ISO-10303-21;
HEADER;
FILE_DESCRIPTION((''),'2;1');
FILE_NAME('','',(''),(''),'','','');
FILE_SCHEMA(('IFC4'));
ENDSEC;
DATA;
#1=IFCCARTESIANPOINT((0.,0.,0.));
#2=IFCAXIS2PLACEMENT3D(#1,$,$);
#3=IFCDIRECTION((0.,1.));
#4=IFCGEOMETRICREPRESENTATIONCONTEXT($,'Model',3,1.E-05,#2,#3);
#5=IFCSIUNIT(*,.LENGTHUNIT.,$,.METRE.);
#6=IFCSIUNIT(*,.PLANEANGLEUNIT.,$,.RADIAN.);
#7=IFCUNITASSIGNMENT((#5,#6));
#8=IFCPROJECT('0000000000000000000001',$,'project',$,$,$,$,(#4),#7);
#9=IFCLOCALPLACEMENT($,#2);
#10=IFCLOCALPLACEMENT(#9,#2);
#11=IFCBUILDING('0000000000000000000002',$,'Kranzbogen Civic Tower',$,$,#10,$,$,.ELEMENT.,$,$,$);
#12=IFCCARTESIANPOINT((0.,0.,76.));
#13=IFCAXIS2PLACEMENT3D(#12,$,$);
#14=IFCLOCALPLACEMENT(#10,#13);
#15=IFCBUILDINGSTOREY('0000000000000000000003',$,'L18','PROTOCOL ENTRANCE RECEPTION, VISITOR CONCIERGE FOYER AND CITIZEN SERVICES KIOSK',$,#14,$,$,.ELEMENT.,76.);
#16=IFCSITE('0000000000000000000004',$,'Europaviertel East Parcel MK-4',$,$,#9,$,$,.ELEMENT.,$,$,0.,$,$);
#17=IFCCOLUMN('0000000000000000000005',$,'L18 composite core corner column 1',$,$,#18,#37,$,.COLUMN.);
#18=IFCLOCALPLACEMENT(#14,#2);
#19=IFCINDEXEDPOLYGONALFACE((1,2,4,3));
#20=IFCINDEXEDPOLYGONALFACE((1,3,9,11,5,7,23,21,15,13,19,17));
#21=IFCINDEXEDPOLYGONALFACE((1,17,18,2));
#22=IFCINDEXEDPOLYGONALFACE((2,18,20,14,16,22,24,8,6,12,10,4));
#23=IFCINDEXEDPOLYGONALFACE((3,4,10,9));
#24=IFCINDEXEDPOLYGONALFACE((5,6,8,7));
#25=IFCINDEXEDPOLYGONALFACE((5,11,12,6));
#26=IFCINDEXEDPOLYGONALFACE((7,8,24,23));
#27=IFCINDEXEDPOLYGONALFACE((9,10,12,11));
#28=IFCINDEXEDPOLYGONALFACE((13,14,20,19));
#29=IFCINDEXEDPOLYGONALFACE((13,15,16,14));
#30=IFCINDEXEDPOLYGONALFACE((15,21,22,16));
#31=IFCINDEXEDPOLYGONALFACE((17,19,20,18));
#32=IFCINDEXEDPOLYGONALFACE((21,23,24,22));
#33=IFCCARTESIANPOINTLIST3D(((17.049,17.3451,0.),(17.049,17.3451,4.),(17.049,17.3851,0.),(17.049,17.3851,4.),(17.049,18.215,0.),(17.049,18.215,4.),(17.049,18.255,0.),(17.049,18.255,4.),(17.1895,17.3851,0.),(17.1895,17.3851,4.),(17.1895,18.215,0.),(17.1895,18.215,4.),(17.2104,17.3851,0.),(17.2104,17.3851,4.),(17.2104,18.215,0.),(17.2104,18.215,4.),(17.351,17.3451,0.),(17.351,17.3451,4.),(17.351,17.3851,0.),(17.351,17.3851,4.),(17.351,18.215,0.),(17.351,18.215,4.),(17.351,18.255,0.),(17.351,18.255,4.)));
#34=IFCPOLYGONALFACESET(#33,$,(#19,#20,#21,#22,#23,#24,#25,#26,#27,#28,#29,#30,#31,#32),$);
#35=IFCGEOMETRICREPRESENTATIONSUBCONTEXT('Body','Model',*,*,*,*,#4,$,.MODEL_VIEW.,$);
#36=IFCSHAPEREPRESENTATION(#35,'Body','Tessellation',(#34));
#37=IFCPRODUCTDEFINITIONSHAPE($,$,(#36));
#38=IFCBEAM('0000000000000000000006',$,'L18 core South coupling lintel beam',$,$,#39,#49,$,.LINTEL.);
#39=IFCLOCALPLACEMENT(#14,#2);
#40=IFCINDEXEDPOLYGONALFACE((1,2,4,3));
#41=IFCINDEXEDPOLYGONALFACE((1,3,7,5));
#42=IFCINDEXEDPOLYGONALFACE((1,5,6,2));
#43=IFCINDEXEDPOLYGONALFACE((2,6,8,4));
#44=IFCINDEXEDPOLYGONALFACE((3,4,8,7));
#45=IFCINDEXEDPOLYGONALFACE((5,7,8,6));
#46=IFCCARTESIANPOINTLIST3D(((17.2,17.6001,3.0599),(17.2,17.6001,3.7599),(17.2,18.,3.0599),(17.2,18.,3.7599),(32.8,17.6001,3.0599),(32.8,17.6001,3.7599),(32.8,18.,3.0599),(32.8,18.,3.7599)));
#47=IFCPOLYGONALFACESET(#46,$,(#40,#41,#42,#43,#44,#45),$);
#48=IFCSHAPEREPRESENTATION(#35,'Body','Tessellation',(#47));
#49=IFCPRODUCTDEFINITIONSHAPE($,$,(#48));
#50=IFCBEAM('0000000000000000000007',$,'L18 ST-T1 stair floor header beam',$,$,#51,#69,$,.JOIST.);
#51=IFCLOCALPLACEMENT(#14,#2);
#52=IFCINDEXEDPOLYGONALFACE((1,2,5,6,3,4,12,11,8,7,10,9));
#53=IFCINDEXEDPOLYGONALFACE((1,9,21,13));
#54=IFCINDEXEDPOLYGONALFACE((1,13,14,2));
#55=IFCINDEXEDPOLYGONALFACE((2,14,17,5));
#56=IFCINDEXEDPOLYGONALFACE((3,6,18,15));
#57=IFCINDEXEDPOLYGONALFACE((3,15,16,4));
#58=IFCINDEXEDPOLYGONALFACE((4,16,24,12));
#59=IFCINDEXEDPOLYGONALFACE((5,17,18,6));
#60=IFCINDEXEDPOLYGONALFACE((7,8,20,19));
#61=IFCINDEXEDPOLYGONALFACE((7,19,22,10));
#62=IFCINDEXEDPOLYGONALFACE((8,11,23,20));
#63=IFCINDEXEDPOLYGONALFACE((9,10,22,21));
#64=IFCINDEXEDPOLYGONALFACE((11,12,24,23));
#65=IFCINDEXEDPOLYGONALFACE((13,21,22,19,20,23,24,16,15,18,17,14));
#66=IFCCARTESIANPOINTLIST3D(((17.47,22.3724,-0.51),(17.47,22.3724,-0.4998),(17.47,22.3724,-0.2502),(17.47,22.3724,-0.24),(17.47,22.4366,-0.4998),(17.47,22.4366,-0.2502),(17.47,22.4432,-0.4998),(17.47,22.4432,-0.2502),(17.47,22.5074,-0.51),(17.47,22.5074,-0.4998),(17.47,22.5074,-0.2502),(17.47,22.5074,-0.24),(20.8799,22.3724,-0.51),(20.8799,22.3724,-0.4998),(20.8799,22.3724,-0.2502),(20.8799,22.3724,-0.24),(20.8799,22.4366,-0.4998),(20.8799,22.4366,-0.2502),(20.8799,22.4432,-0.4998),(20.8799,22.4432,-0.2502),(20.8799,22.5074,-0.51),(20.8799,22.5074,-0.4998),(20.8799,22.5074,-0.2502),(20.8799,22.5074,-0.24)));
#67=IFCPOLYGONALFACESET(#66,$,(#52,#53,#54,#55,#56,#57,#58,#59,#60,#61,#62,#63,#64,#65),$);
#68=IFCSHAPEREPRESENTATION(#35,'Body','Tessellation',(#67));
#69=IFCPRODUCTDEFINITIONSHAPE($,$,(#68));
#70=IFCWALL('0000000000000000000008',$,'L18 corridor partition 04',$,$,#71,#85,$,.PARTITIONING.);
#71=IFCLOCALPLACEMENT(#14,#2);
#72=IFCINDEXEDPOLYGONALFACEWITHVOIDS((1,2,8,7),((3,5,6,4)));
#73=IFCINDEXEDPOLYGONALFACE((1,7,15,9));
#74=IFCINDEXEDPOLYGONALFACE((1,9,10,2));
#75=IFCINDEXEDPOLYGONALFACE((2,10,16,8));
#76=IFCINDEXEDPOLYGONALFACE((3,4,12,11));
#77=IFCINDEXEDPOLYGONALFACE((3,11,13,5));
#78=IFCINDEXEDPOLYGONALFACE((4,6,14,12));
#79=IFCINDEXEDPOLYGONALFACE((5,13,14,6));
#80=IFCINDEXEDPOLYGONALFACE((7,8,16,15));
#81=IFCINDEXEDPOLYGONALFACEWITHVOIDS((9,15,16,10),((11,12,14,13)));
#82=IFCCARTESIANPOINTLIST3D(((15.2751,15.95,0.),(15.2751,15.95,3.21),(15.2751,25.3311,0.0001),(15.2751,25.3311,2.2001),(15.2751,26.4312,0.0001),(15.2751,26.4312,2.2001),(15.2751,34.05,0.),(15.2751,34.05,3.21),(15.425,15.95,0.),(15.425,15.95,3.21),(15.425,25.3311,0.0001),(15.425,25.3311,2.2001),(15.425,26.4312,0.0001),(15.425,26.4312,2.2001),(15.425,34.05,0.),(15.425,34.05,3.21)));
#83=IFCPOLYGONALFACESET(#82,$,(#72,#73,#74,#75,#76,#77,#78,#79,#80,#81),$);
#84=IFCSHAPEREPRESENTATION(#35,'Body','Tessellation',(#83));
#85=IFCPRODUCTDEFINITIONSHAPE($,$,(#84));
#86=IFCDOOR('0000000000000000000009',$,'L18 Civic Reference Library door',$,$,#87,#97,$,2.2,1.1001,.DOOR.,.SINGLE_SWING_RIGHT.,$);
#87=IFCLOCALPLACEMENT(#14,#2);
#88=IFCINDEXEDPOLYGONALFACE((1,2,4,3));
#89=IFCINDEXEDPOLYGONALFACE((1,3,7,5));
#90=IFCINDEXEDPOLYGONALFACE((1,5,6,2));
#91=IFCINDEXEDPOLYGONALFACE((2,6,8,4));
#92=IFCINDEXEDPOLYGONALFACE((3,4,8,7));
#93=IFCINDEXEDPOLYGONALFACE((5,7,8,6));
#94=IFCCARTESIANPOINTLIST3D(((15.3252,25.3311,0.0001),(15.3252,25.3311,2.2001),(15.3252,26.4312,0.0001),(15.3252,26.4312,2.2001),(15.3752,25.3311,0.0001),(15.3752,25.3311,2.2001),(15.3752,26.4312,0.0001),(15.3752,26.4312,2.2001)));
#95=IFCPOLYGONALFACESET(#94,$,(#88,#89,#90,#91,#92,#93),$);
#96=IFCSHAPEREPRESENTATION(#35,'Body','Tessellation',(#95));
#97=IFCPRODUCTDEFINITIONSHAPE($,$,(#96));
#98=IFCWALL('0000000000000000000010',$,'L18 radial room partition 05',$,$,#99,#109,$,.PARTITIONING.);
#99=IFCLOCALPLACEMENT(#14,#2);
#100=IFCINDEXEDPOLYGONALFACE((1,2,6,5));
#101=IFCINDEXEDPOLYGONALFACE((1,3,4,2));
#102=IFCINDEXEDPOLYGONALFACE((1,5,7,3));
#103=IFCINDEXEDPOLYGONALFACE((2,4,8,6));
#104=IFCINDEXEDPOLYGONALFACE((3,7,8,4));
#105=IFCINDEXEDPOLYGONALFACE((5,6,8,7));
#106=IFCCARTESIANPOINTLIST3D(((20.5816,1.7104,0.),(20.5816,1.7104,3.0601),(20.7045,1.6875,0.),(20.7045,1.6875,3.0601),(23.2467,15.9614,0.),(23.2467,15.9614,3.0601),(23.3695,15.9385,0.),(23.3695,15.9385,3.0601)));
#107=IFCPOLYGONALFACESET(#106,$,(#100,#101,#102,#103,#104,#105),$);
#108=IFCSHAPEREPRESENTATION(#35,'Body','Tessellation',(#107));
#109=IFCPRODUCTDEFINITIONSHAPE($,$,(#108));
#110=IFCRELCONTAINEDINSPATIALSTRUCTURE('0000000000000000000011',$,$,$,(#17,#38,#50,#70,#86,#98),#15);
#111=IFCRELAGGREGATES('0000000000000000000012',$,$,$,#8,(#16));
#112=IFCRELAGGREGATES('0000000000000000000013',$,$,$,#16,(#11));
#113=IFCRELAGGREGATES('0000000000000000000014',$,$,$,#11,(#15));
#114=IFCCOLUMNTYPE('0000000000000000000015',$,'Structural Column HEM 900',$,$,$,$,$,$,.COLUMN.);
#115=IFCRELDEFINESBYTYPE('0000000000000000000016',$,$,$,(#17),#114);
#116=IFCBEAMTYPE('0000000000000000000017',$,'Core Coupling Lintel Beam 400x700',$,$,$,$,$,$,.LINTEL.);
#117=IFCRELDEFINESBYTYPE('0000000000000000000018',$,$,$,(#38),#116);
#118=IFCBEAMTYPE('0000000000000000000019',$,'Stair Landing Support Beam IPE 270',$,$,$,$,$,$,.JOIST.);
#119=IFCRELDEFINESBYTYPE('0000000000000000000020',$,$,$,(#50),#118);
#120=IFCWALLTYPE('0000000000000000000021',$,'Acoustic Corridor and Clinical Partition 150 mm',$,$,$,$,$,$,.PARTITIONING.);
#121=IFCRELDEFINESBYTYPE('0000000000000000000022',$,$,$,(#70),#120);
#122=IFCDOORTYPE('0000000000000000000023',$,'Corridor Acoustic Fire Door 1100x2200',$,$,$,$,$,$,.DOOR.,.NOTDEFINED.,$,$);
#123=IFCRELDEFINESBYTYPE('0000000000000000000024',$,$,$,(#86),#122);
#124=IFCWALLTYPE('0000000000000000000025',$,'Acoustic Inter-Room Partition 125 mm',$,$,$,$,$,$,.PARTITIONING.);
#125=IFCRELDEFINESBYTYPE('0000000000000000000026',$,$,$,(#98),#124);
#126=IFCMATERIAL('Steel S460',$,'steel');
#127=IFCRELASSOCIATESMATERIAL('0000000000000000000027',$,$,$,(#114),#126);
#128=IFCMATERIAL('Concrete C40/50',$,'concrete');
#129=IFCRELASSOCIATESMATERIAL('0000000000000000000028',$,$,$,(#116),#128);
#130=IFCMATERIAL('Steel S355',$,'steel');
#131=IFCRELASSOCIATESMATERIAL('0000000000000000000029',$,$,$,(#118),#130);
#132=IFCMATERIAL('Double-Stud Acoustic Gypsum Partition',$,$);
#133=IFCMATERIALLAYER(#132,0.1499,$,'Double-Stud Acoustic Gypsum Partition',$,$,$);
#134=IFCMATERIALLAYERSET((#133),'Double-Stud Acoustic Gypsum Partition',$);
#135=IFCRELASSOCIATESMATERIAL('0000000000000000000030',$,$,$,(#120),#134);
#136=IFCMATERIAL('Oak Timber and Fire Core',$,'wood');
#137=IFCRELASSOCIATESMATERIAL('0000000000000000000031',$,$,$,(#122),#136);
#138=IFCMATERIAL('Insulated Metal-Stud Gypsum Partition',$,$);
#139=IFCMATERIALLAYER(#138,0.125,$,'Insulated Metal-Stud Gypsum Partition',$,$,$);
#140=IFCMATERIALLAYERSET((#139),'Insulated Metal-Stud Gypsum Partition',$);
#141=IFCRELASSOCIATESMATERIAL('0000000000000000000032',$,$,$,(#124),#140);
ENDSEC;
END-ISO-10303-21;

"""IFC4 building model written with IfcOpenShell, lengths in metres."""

from ifc_helpers import new_model, si_unit, direction, frame, frame_2d, origin, origin_2d, place, context, subcontext, project, spatial, rectangle, i_section, extrude, material, layer, layer_set, material_profile, profile_set, type_object, element, fill, save


model = new_model("IFC4")

# Units and contexts
model_context = context("Model", 3, precision=1e-05, world=origin(), true_north=direction((0.0, 1.0)))
body_context = subcontext(model_context, "Body", "Model", "MODEL_VIEW")
ifc_project = project(units=[si_unit("LENGTHUNIT", "METRE"), si_unit("PLANEANGLEUNIT", "RADIAN")], contexts=[model_context])

# Site, building, storey
site_placement = place(None, origin())
site = spatial("IfcSite", under=ifc_project, at=site_placement, Name="Europaviertel East Parcel MK-4", CompositionType="ELEMENT", RefElevation=0.0)
building_placement = place(site_placement, origin())
building = spatial("IfcBuilding", under=site, at=building_placement, Name="Kranzbogen Civic Tower", CompositionType="ELEMENT")
storey_placement = place(building_placement, frame((0.0, 0.0, 76.0)))
storey = spatial("IfcBuildingStorey", under=building, at=storey_placement, Name="L18", Description="PROTOCOL ENTRANCE RECEPTION, VISITOR CONCIERGE FOYER AND CITIZEN SERVICES KIOSK", CompositionType="ELEMENT", Elevation=76.0)

# Column
ifc_material_1 = material(Name="Steel S460", Category="steel")
ifc_material_profile_1 = material_profile(ifc_material_1, i_section(OverallWidth=0.302, OverallDepth=0.9099, WebThickness=0.021, FlangeThickness=0.04, at=origin_2d()), Name="HEM 900")
ifc_profile_set_1 = profile_set([ifc_material_profile_1], Name="Steel S460")
column_type = type_object("IfcColumnType", Name="Structural Column HEM 900", PredefinedType="COLUMN", material=ifc_profile_set_1)
column_placement = place(storey_placement, frame((17.2, 17.8, 0.0), z_axis=(0.0, 0.0, 1.0), x_axis=(1.0, 0.0, 0.0)))
element("IfcColumn", 1, at=column_placement, inside=storey, type_object=column_type, Name="L18 composite core corner column 1", PredefinedType="COLUMN", context=body_context, shape_type="SweptSolid", body=[
    extrude(i_section(OverallWidth=0.302, OverallDepth=0.9099, WebThickness=0.021, FlangeThickness=0.04, at=origin_2d()), origin(), (0.0, 0.0, 1.0), 4.0),
])

# Beams
ifc_material_2 = material(Name="Concrete C40/50", Category="concrete")
ifc_material_profile_2 = material_profile(ifc_material_2, rectangle(XDim=0.3999, YDim=0.7, at=origin_2d()), Name="RC-BM 400x700")
ifc_profile_set_2 = profile_set([ifc_material_profile_2], Name="Concrete C40/50")
beam_type_1 = type_object("IfcBeamType", Name="Core Coupling Lintel Beam 400x700", PredefinedType="LINTEL", material=ifc_profile_set_2)
beam_1_placement = place(storey_placement, frame((17.2, 17.8, 3.4099), z_axis=(1.0, 0.0, 0.0), x_axis=(0.0, 1.0, 0.0)))
element("IfcBeam", 2, at=beam_1_placement, inside=storey, type_object=beam_type_1, Name="L18 core South coupling lintel beam", PredefinedType="LINTEL", context=body_context, shape_type="SweptSolid", body=[
    extrude(rectangle(XDim=0.3999, YDim=0.7, at=origin_2d()), origin(), (0.0, 0.0, 1.0), 15.6001),
])
ifc_material_3 = material(Name="Steel S355", Category="steel")
ifc_material_profile_3 = material_profile(ifc_material_3, i_section(OverallWidth=0.135, OverallDepth=0.27, WebThickness=0.0066, FlangeThickness=0.0103, at=origin_2d()), Name="IPE 270")
ifc_profile_set_3 = profile_set([ifc_material_profile_3], Name="Steel S355")
beam_type_2 = type_object("IfcBeamType", Name="Stair Landing Support Beam IPE 270", PredefinedType="JOIST", material=ifc_profile_set_3)
beam_2_placement = place(storey_placement, frame((20.8799, 22.4399, -0.375), z_axis=(-1.0, 0.0, 0.0), x_axis=(0.0, -1.0, 0.0)))
element("IfcBeam", 3, at=beam_2_placement, inside=storey, type_object=beam_type_2, Name="L18 ST-T1 stair floor header beam", PredefinedType="JOIST", context=body_context, shape_type="SweptSolid", body=[
    extrude(i_section(OverallWidth=0.135, OverallDepth=0.27, WebThickness=0.0066, FlangeThickness=0.0103, at=origin_2d()), origin(), (0.0, 0.0, 1.0), 3.4099),
])

# Wall, opening, door
ifc_material_4 = material(Name="Double-Stud Acoustic Gypsum Partition")
ifc_layer_1 = layer(ifc_material_4, 0.1499, Name="Double-Stud Acoustic Gypsum Partition")
ifc_layer_set_1 = layer_set([ifc_layer_1], Name="Double-Stud Acoustic Gypsum Partition")
wall_type_1 = type_object("IfcWallType", Name="Acoustic Corridor and Clinical Partition 150 mm", PredefinedType="PARTITIONING", material=ifc_layer_set_1)
wall_1_placement = place(storey_placement, frame((15.3501, 15.95, 0.0), z_axis=(0.0, 0.0, 1.0), x_axis=(0.0, 1.0, 0.0)))
wall_1 = element("IfcWall", 4, at=wall_1_placement, inside=storey, type_object=wall_type_1, Name="L18 corridor partition 04", PredefinedType="PARTITIONING", context=body_context, shape_type="SweptSolid", body=[
    extrude(rectangle(XDim=18.1001, YDim=0.1499, at=frame_2d((9.05, 0.0))), origin(), (0.0, 0.0, 1.0), 3.21),
])
opening_1_placement = place(wall_1_placement, frame((9.3811, 0.0, 0.0)))
opening_1 = element("IfcOpeningElement", 5, at=opening_1_placement, cuts=wall_1, PredefinedType="OPENING", context=body_context, shape_type="SweptSolid", body=[
    extrude(rectangle(XDim=1.1001, YDim=2.2, at=frame_2d((0.55, 1.1001))), frame((0.0, 0.085, 0.0), z_axis=(0.0, -1.0, 0.0), x_axis=(1.0, 0.0, 0.0)), (0.0, 0.0, 1.0), 0.1699),
])
ifc_material_5 = material(Name="Oak Timber and Fire Core", Category="wood")
door_type_1 = type_object("IfcDoorType", Name="Corridor Acoustic Fire Door 1100x2200", OperationType="NOTDEFINED", PredefinedType="DOOR", material=ifc_material_5)
door_1_placement = place(opening_1_placement, origin())
door_1 = element("IfcDoor", 6, at=door_1_placement, inside=storey, type_object=door_type_1, Name="L18 Civic Reference Library door", OperationType="SINGLE_SWING_RIGHT", OverallHeight=2.2, OverallWidth=1.1001, PredefinedType="DOOR", context=body_context, shape_type="SweptSolid", body=[
    extrude(rectangle(XDim=1.1001, YDim=2.2, at=frame_2d((0.55, 1.1001))), frame((0.0, 0.0249, 0.0), z_axis=(0.0, -1.0, 0.0), x_axis=(1.0, 0.0, 0.0)), (0.0, 0.0, 1.0), 0.05),
])
fill(opening_1, door_1)

# Wall
ifc_material_6 = material(Name="Insulated Metal-Stud Gypsum Partition")
ifc_layer_2 = layer(ifc_material_6, 0.125, Name="Insulated Metal-Stud Gypsum Partition")
ifc_layer_set_2 = layer_set([ifc_layer_2], Name="Insulated Metal-Stud Gypsum Partition")
wall_type_2 = type_object("IfcWallType", Name="Acoustic Inter-Room Partition 125 mm", PredefinedType="PARTITIONING", material=ifc_layer_set_2)
wall_2_placement = place(storey_placement, frame((23.3081, 15.95, 0.0), z_axis=(0.0, 0.0, 1.0), x_axis=(-0.183821, -0.98296, 0.0)))
element("IfcWall", 7, at=wall_2_placement, inside=storey, type_object=wall_type_2, Name="L18 radial room partition 05", PredefinedType="PARTITIONING", context=body_context, shape_type="SweptSolid", body=[
    extrude(rectangle(XDim=14.498, YDim=0.125, at=frame_2d((7.249, 0.0))), origin(), (0.0, 0.0, 1.0), 3.0601),
])

save(model, "model.ifc")
